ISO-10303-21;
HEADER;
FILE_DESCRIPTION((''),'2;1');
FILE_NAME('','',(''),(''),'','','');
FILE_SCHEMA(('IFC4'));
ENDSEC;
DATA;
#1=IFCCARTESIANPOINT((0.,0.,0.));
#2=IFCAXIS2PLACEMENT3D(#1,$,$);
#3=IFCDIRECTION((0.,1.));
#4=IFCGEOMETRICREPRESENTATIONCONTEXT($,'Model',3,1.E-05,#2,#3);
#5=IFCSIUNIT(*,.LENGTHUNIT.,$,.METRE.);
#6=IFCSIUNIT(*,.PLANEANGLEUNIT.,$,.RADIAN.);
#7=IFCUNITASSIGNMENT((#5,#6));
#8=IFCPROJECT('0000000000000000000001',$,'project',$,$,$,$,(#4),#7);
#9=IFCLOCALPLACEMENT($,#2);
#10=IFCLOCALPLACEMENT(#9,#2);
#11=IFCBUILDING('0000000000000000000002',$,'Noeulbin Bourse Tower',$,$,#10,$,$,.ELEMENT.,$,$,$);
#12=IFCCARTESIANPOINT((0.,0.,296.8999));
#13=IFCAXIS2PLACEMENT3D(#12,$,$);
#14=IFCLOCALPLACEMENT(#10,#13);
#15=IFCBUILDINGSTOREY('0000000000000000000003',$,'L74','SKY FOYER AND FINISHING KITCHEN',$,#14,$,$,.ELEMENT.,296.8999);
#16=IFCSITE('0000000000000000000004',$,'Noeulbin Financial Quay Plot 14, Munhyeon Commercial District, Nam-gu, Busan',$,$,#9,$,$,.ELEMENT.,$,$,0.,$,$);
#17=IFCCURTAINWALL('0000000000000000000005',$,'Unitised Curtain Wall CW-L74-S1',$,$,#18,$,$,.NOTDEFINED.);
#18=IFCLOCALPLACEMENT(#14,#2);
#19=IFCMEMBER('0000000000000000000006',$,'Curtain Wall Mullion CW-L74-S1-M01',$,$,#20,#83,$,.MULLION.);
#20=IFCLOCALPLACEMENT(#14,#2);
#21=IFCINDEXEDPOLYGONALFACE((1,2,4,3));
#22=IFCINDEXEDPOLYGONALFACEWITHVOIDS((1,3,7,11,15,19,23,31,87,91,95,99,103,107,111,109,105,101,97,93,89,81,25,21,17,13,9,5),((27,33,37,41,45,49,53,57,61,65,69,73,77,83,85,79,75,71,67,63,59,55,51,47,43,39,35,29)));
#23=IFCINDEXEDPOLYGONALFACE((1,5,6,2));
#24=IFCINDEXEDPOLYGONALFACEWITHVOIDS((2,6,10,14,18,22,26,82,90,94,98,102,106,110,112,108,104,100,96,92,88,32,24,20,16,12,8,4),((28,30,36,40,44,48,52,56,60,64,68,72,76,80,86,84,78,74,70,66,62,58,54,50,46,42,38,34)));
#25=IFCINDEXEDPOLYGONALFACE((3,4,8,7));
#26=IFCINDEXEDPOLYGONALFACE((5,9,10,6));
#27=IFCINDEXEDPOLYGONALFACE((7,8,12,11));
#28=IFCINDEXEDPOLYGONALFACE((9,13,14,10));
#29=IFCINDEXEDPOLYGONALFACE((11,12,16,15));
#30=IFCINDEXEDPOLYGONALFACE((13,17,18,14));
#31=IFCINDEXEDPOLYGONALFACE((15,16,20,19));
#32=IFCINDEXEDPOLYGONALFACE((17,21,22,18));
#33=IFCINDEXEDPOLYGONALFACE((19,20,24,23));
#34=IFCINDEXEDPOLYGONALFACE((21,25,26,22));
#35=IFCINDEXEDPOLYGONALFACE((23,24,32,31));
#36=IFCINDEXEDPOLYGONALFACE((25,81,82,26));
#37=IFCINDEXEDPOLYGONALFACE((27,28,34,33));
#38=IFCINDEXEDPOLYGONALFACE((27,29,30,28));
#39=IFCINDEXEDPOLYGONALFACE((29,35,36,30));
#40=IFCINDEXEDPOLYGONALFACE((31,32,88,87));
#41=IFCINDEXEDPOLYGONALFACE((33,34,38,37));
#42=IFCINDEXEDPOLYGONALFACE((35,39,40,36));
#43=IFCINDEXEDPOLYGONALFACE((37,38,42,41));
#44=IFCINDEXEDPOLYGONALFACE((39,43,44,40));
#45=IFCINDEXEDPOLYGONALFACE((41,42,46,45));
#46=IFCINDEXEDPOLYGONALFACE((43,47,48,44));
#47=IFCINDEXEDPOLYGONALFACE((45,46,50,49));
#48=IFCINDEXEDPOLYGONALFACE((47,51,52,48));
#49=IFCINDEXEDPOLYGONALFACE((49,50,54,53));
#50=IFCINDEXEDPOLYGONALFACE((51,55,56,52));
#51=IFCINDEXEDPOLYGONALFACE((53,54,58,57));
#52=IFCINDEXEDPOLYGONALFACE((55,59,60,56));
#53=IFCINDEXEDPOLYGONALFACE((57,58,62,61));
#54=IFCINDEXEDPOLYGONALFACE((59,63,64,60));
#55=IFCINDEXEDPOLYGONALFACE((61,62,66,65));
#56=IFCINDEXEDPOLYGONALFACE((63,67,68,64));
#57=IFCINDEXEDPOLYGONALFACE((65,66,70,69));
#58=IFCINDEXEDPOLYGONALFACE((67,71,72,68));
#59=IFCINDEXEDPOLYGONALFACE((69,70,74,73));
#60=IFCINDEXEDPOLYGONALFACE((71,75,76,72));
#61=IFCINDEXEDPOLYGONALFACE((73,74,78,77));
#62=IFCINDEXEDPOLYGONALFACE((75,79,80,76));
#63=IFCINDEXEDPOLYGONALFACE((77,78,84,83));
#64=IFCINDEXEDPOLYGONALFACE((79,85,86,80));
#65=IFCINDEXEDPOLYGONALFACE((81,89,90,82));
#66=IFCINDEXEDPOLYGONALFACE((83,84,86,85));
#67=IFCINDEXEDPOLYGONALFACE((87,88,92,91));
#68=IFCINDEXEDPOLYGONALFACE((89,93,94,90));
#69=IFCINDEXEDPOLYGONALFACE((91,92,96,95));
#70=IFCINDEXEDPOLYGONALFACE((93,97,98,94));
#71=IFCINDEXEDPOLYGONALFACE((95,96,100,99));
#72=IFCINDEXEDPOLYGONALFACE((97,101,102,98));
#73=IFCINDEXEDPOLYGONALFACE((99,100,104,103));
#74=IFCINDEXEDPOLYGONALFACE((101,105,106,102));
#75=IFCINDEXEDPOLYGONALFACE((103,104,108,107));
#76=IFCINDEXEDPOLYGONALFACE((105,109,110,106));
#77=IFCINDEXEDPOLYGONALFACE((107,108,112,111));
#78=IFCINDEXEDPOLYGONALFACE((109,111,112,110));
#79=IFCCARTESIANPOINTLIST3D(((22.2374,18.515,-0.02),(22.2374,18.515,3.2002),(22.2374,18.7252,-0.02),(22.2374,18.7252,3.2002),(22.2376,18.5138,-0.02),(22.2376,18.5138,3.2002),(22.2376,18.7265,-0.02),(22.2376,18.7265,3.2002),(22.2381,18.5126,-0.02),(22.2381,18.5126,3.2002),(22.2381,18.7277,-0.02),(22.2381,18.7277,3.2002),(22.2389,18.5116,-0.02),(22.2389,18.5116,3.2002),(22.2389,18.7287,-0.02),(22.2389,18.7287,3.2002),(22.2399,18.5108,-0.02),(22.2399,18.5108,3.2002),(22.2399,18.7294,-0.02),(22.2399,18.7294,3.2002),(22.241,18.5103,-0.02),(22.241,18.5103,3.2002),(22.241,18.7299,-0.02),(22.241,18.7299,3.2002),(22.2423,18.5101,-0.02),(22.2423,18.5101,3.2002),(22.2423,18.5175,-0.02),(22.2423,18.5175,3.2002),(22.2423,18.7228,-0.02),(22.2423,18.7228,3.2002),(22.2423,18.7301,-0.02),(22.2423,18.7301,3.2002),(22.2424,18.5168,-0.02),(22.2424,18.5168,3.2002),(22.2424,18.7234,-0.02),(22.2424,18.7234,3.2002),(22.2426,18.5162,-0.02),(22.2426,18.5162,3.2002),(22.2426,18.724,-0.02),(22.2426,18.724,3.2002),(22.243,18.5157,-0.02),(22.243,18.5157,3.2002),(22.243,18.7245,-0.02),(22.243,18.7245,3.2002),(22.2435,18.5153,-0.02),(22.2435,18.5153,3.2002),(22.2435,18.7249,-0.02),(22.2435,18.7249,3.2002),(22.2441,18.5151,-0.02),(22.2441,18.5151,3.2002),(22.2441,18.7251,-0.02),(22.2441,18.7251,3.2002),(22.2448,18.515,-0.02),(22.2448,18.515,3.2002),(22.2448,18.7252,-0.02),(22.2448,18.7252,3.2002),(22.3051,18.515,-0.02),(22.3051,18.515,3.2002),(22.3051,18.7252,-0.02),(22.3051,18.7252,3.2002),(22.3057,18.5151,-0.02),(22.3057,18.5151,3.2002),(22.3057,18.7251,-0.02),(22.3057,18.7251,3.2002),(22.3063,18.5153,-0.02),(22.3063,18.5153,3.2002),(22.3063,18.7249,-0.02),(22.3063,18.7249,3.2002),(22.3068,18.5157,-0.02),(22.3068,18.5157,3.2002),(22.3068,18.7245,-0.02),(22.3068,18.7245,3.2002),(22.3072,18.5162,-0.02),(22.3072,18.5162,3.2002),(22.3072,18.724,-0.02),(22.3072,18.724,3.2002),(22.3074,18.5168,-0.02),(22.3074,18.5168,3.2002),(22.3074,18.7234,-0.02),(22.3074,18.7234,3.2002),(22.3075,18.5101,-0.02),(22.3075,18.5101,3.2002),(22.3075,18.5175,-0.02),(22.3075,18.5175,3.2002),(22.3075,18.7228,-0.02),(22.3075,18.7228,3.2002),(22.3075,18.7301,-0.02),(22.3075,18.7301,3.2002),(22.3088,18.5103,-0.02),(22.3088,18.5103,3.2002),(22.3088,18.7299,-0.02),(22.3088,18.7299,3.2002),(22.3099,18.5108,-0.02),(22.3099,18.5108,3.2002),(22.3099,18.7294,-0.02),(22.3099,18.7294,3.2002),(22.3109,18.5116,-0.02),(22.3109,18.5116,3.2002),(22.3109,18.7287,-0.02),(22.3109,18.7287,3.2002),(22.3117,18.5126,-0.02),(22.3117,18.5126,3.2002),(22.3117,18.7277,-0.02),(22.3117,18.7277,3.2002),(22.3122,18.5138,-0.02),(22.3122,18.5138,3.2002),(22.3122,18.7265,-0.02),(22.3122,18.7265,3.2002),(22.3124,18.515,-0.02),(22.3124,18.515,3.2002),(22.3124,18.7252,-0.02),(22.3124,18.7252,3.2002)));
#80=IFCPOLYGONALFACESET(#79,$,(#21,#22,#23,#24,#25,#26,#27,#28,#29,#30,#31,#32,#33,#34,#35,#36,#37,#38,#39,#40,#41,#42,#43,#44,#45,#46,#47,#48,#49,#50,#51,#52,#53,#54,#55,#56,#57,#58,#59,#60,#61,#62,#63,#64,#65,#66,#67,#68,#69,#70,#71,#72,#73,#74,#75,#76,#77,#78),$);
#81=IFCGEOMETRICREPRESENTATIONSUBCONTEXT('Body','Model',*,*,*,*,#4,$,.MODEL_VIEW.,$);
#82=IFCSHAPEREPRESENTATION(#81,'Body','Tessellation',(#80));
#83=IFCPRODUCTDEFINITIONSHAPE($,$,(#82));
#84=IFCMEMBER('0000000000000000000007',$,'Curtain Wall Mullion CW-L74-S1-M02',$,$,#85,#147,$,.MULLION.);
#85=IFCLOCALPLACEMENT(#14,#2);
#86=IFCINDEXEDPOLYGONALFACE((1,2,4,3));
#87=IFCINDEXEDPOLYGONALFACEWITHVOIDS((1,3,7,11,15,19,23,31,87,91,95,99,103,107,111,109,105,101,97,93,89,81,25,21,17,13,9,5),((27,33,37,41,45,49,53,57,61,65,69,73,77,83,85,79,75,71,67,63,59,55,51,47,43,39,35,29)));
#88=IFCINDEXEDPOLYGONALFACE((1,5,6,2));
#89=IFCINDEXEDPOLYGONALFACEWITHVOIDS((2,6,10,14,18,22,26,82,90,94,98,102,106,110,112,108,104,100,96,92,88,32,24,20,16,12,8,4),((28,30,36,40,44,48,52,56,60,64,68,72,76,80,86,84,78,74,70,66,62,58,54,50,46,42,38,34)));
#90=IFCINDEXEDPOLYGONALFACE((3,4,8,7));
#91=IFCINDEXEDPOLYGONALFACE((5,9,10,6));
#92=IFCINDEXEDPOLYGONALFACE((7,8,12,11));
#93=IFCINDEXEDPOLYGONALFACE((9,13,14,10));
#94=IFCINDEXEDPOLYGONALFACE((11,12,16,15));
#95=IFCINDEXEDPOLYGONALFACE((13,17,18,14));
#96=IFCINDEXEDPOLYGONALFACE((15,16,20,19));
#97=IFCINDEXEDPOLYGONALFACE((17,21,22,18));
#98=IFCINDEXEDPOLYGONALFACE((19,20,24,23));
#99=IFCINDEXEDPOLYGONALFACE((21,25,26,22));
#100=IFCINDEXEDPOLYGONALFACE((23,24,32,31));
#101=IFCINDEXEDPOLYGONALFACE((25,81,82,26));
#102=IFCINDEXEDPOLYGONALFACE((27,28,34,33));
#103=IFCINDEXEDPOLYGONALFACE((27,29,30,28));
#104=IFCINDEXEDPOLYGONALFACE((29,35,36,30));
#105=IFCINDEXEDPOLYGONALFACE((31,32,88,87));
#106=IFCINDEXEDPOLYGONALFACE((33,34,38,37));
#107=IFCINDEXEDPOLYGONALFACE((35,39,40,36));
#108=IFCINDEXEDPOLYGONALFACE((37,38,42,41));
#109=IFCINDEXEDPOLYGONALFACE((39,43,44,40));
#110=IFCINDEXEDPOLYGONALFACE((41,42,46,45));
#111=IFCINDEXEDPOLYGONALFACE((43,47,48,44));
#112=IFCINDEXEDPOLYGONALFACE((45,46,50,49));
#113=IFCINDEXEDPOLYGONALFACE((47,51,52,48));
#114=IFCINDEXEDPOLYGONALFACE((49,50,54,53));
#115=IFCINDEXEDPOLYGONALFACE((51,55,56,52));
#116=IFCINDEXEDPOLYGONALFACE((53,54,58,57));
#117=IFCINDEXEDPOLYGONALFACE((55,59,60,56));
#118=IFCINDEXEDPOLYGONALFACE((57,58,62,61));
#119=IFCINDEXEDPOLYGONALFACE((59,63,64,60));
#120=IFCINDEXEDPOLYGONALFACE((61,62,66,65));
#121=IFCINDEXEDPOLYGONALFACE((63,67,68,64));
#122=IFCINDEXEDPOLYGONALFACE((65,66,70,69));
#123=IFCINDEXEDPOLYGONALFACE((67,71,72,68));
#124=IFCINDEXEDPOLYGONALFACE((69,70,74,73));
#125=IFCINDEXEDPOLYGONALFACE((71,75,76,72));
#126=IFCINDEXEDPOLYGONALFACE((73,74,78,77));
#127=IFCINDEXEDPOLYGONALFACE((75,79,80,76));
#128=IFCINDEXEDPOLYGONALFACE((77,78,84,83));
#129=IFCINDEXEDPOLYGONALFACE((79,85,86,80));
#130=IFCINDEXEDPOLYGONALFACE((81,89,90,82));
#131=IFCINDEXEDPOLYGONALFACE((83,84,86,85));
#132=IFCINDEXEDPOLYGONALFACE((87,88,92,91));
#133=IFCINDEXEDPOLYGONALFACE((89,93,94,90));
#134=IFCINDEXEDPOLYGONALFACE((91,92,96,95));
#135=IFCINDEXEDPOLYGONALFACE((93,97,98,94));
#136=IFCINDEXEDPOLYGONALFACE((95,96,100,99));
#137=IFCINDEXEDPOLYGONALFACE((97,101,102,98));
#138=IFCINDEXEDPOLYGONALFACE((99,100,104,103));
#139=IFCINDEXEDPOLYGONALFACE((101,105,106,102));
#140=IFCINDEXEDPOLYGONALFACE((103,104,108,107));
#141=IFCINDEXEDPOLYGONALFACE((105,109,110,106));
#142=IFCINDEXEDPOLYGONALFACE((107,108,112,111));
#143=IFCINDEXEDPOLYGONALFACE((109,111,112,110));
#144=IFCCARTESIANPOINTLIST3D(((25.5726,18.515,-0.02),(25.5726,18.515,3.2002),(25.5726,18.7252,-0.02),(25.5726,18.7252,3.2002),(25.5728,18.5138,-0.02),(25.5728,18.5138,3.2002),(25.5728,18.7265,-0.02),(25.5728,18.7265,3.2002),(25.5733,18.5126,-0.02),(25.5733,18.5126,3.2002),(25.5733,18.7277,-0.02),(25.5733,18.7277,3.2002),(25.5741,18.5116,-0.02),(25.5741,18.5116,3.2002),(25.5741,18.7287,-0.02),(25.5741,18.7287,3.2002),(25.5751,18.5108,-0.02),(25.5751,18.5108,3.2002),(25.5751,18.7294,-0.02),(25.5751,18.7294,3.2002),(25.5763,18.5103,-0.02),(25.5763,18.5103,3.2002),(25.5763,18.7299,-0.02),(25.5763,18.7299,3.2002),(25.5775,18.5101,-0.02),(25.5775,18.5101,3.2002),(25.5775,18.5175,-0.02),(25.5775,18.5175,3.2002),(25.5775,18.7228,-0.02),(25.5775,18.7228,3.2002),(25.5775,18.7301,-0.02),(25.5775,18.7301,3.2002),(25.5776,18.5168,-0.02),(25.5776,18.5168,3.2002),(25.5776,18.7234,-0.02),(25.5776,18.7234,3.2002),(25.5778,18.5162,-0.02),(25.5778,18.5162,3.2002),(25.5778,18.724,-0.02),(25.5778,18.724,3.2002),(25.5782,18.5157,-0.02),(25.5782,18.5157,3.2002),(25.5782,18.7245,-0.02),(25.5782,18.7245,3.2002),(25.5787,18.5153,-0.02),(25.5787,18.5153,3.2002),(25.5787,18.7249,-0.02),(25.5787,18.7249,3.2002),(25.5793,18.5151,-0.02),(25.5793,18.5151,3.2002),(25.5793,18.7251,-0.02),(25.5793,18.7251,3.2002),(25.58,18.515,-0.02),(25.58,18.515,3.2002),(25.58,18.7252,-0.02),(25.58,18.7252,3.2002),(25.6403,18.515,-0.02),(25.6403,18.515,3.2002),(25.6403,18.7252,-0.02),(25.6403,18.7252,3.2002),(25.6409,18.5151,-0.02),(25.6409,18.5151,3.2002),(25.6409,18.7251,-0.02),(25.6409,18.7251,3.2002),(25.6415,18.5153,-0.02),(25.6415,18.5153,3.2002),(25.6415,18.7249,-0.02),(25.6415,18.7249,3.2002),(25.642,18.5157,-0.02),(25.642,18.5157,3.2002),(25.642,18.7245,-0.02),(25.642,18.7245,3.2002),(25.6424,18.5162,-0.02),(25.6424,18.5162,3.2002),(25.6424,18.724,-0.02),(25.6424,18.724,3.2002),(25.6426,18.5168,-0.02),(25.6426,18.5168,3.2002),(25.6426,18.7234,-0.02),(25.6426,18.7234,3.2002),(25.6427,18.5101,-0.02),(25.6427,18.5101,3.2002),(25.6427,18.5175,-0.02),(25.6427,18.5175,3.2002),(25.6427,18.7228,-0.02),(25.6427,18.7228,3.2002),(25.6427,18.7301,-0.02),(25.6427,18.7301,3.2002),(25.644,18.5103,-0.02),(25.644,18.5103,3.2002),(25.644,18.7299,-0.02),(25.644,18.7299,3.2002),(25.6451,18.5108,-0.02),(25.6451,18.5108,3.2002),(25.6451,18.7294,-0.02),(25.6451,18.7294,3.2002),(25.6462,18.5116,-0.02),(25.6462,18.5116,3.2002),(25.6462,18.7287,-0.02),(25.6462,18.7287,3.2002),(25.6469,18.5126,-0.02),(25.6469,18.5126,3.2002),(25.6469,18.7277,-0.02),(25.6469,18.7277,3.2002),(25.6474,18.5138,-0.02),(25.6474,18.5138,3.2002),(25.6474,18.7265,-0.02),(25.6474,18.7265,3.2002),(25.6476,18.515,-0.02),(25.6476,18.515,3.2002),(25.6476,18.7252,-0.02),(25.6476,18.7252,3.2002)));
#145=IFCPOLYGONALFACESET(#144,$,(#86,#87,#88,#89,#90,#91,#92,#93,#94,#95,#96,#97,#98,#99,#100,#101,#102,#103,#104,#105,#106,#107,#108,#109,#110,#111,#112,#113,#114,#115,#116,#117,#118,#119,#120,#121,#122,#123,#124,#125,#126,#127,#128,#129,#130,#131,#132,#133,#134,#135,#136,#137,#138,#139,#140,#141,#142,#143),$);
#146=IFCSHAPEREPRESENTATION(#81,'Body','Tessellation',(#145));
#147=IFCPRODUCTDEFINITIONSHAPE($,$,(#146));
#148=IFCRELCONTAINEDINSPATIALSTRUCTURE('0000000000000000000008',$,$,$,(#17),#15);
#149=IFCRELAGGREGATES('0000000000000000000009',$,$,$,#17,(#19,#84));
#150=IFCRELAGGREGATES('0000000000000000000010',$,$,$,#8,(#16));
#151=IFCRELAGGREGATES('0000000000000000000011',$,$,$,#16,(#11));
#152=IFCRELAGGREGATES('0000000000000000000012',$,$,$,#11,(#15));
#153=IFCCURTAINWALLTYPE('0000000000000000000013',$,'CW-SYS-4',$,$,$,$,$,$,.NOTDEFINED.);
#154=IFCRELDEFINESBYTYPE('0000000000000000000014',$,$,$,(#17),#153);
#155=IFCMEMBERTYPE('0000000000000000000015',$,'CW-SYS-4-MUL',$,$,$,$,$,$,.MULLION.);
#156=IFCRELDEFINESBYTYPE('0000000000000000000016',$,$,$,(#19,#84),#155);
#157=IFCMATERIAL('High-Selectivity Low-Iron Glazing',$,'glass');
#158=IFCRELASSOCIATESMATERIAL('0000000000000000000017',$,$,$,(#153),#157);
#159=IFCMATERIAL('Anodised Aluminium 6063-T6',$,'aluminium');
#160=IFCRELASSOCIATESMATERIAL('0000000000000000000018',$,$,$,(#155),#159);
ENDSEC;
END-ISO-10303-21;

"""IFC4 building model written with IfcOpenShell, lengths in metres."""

from ifc_helpers import new_model, si_unit, direction, frame, origin, origin_2d, place, context, subcontext, project, spatial, hollow_rectangle, extrude, material, material_profile, profile_set, type_object, element, aggregate, save


model = new_model("IFC4")

# Units and contexts
model_context = context("Model", 3, precision=1e-05, world=origin(), true_north=direction((0.0, 1.0)))
body_context = subcontext(model_context, "Body", "Model", "MODEL_VIEW")
ifc_project = project(units=[si_unit("LENGTHUNIT", "METRE"), si_unit("PLANEANGLEUNIT", "RADIAN")], contexts=[model_context])

# Site, building, storey
site_placement = place(None, origin())
site = spatial("IfcSite", under=ifc_project, at=site_placement, Name="Noeulbin Financial Quay Plot 14, Munhyeon Commercial District, Nam-gu, Busan", CompositionType="ELEMENT", RefElevation=0.0)
building_placement = place(site_placement, origin())
building = spatial("IfcBuilding", under=site, at=building_placement, Name="Noeulbin Bourse Tower", CompositionType="ELEMENT")
storey_placement = place(building_placement, frame((0.0, 0.0, 296.8999)))
storey = spatial("IfcBuildingStorey", under=building, at=storey_placement, Name="L74", Description="SKY FOYER AND FINISHING KITCHEN", CompositionType="ELEMENT", Elevation=296.8999)

# Curtain wall, members
ifc_material_1 = material(Name="High-Selectivity Low-Iron Glazing", Category="glass")
curtain_wall_type = type_object("IfcCurtainWallType", Name="CW-SYS-4", PredefinedType="NOTDEFINED", material=ifc_material_1)
ifc_material_2 = material(Name="Anodised Aluminium 6063-T6", Category="aluminium")
ifc_material_profile_1 = material_profile(ifc_material_2, hollow_rectangle(XDim=0.075, YDim=0.22, WallThickness=0.0049, InnerFilletRadius=0.0024, OuterFilletRadius=0.0049, at=origin_2d()), Name="ALU-MULL-75x220x5", Category="LoadBearing")
ifc_profile_set_1 = profile_set([ifc_material_profile_1], Name="Anodised Aluminium 6063-T6")
member_type_1 = type_object("IfcMemberType", Name="CW-SYS-4-MUL", PredefinedType="MULLION", material=ifc_profile_set_1)
curtain_wall_1_placement = place(storey_placement, origin())
curtain_wall_1 = element("IfcCurtainWall", 1, at=curtain_wall_1_placement, inside=storey, type_object=curtain_wall_type, Name="Unitised Curtain Wall CW-L74-S1", PredefinedType="NOTDEFINED")
member_1_placement = place(storey_placement, frame((22.2749, 18.6201, -0.02), z_axis=(0.0, 0.0, 1.0), x_axis=(1.0, 0.0, 0.0)))
member_1 = element("IfcMember", 2, at=member_1_placement, type_object=member_type_1, Name="Curtain Wall Mullion CW-L74-S1-M01", PredefinedType="MULLION", context=body_context, shape_type="SweptSolid", body=[
    extrude(hollow_rectangle(XDim=0.075, YDim=0.22, WallThickness=0.0049, InnerFilletRadius=0.0024, OuterFilletRadius=0.0049, at=origin_2d()), origin(), (0.0, 0.0, 1.0), 3.2202),
])
member_2_placement = place(storey_placement, frame((25.6101, 18.6201, -0.02), z_axis=(0.0, 0.0, 1.0), x_axis=(1.0, 0.0, 0.0)))
member_2 = element("IfcMember", 3, at=member_2_placement, type_object=member_type_1, Name="Curtain Wall Mullion CW-L74-S1-M02", PredefinedType="MULLION", context=body_context, shape_type="SweptSolid", body=[
    extrude(hollow_rectangle(XDim=0.075, YDim=0.22, WallThickness=0.0049, InnerFilletRadius=0.0024, OuterFilletRadius=0.0049, at=origin_2d()), origin(), (0.0, 0.0, 1.0), 3.2202),
])

aggregate(curtain_wall_1, [member_1, member_2])

save(model, "model.ifc")
